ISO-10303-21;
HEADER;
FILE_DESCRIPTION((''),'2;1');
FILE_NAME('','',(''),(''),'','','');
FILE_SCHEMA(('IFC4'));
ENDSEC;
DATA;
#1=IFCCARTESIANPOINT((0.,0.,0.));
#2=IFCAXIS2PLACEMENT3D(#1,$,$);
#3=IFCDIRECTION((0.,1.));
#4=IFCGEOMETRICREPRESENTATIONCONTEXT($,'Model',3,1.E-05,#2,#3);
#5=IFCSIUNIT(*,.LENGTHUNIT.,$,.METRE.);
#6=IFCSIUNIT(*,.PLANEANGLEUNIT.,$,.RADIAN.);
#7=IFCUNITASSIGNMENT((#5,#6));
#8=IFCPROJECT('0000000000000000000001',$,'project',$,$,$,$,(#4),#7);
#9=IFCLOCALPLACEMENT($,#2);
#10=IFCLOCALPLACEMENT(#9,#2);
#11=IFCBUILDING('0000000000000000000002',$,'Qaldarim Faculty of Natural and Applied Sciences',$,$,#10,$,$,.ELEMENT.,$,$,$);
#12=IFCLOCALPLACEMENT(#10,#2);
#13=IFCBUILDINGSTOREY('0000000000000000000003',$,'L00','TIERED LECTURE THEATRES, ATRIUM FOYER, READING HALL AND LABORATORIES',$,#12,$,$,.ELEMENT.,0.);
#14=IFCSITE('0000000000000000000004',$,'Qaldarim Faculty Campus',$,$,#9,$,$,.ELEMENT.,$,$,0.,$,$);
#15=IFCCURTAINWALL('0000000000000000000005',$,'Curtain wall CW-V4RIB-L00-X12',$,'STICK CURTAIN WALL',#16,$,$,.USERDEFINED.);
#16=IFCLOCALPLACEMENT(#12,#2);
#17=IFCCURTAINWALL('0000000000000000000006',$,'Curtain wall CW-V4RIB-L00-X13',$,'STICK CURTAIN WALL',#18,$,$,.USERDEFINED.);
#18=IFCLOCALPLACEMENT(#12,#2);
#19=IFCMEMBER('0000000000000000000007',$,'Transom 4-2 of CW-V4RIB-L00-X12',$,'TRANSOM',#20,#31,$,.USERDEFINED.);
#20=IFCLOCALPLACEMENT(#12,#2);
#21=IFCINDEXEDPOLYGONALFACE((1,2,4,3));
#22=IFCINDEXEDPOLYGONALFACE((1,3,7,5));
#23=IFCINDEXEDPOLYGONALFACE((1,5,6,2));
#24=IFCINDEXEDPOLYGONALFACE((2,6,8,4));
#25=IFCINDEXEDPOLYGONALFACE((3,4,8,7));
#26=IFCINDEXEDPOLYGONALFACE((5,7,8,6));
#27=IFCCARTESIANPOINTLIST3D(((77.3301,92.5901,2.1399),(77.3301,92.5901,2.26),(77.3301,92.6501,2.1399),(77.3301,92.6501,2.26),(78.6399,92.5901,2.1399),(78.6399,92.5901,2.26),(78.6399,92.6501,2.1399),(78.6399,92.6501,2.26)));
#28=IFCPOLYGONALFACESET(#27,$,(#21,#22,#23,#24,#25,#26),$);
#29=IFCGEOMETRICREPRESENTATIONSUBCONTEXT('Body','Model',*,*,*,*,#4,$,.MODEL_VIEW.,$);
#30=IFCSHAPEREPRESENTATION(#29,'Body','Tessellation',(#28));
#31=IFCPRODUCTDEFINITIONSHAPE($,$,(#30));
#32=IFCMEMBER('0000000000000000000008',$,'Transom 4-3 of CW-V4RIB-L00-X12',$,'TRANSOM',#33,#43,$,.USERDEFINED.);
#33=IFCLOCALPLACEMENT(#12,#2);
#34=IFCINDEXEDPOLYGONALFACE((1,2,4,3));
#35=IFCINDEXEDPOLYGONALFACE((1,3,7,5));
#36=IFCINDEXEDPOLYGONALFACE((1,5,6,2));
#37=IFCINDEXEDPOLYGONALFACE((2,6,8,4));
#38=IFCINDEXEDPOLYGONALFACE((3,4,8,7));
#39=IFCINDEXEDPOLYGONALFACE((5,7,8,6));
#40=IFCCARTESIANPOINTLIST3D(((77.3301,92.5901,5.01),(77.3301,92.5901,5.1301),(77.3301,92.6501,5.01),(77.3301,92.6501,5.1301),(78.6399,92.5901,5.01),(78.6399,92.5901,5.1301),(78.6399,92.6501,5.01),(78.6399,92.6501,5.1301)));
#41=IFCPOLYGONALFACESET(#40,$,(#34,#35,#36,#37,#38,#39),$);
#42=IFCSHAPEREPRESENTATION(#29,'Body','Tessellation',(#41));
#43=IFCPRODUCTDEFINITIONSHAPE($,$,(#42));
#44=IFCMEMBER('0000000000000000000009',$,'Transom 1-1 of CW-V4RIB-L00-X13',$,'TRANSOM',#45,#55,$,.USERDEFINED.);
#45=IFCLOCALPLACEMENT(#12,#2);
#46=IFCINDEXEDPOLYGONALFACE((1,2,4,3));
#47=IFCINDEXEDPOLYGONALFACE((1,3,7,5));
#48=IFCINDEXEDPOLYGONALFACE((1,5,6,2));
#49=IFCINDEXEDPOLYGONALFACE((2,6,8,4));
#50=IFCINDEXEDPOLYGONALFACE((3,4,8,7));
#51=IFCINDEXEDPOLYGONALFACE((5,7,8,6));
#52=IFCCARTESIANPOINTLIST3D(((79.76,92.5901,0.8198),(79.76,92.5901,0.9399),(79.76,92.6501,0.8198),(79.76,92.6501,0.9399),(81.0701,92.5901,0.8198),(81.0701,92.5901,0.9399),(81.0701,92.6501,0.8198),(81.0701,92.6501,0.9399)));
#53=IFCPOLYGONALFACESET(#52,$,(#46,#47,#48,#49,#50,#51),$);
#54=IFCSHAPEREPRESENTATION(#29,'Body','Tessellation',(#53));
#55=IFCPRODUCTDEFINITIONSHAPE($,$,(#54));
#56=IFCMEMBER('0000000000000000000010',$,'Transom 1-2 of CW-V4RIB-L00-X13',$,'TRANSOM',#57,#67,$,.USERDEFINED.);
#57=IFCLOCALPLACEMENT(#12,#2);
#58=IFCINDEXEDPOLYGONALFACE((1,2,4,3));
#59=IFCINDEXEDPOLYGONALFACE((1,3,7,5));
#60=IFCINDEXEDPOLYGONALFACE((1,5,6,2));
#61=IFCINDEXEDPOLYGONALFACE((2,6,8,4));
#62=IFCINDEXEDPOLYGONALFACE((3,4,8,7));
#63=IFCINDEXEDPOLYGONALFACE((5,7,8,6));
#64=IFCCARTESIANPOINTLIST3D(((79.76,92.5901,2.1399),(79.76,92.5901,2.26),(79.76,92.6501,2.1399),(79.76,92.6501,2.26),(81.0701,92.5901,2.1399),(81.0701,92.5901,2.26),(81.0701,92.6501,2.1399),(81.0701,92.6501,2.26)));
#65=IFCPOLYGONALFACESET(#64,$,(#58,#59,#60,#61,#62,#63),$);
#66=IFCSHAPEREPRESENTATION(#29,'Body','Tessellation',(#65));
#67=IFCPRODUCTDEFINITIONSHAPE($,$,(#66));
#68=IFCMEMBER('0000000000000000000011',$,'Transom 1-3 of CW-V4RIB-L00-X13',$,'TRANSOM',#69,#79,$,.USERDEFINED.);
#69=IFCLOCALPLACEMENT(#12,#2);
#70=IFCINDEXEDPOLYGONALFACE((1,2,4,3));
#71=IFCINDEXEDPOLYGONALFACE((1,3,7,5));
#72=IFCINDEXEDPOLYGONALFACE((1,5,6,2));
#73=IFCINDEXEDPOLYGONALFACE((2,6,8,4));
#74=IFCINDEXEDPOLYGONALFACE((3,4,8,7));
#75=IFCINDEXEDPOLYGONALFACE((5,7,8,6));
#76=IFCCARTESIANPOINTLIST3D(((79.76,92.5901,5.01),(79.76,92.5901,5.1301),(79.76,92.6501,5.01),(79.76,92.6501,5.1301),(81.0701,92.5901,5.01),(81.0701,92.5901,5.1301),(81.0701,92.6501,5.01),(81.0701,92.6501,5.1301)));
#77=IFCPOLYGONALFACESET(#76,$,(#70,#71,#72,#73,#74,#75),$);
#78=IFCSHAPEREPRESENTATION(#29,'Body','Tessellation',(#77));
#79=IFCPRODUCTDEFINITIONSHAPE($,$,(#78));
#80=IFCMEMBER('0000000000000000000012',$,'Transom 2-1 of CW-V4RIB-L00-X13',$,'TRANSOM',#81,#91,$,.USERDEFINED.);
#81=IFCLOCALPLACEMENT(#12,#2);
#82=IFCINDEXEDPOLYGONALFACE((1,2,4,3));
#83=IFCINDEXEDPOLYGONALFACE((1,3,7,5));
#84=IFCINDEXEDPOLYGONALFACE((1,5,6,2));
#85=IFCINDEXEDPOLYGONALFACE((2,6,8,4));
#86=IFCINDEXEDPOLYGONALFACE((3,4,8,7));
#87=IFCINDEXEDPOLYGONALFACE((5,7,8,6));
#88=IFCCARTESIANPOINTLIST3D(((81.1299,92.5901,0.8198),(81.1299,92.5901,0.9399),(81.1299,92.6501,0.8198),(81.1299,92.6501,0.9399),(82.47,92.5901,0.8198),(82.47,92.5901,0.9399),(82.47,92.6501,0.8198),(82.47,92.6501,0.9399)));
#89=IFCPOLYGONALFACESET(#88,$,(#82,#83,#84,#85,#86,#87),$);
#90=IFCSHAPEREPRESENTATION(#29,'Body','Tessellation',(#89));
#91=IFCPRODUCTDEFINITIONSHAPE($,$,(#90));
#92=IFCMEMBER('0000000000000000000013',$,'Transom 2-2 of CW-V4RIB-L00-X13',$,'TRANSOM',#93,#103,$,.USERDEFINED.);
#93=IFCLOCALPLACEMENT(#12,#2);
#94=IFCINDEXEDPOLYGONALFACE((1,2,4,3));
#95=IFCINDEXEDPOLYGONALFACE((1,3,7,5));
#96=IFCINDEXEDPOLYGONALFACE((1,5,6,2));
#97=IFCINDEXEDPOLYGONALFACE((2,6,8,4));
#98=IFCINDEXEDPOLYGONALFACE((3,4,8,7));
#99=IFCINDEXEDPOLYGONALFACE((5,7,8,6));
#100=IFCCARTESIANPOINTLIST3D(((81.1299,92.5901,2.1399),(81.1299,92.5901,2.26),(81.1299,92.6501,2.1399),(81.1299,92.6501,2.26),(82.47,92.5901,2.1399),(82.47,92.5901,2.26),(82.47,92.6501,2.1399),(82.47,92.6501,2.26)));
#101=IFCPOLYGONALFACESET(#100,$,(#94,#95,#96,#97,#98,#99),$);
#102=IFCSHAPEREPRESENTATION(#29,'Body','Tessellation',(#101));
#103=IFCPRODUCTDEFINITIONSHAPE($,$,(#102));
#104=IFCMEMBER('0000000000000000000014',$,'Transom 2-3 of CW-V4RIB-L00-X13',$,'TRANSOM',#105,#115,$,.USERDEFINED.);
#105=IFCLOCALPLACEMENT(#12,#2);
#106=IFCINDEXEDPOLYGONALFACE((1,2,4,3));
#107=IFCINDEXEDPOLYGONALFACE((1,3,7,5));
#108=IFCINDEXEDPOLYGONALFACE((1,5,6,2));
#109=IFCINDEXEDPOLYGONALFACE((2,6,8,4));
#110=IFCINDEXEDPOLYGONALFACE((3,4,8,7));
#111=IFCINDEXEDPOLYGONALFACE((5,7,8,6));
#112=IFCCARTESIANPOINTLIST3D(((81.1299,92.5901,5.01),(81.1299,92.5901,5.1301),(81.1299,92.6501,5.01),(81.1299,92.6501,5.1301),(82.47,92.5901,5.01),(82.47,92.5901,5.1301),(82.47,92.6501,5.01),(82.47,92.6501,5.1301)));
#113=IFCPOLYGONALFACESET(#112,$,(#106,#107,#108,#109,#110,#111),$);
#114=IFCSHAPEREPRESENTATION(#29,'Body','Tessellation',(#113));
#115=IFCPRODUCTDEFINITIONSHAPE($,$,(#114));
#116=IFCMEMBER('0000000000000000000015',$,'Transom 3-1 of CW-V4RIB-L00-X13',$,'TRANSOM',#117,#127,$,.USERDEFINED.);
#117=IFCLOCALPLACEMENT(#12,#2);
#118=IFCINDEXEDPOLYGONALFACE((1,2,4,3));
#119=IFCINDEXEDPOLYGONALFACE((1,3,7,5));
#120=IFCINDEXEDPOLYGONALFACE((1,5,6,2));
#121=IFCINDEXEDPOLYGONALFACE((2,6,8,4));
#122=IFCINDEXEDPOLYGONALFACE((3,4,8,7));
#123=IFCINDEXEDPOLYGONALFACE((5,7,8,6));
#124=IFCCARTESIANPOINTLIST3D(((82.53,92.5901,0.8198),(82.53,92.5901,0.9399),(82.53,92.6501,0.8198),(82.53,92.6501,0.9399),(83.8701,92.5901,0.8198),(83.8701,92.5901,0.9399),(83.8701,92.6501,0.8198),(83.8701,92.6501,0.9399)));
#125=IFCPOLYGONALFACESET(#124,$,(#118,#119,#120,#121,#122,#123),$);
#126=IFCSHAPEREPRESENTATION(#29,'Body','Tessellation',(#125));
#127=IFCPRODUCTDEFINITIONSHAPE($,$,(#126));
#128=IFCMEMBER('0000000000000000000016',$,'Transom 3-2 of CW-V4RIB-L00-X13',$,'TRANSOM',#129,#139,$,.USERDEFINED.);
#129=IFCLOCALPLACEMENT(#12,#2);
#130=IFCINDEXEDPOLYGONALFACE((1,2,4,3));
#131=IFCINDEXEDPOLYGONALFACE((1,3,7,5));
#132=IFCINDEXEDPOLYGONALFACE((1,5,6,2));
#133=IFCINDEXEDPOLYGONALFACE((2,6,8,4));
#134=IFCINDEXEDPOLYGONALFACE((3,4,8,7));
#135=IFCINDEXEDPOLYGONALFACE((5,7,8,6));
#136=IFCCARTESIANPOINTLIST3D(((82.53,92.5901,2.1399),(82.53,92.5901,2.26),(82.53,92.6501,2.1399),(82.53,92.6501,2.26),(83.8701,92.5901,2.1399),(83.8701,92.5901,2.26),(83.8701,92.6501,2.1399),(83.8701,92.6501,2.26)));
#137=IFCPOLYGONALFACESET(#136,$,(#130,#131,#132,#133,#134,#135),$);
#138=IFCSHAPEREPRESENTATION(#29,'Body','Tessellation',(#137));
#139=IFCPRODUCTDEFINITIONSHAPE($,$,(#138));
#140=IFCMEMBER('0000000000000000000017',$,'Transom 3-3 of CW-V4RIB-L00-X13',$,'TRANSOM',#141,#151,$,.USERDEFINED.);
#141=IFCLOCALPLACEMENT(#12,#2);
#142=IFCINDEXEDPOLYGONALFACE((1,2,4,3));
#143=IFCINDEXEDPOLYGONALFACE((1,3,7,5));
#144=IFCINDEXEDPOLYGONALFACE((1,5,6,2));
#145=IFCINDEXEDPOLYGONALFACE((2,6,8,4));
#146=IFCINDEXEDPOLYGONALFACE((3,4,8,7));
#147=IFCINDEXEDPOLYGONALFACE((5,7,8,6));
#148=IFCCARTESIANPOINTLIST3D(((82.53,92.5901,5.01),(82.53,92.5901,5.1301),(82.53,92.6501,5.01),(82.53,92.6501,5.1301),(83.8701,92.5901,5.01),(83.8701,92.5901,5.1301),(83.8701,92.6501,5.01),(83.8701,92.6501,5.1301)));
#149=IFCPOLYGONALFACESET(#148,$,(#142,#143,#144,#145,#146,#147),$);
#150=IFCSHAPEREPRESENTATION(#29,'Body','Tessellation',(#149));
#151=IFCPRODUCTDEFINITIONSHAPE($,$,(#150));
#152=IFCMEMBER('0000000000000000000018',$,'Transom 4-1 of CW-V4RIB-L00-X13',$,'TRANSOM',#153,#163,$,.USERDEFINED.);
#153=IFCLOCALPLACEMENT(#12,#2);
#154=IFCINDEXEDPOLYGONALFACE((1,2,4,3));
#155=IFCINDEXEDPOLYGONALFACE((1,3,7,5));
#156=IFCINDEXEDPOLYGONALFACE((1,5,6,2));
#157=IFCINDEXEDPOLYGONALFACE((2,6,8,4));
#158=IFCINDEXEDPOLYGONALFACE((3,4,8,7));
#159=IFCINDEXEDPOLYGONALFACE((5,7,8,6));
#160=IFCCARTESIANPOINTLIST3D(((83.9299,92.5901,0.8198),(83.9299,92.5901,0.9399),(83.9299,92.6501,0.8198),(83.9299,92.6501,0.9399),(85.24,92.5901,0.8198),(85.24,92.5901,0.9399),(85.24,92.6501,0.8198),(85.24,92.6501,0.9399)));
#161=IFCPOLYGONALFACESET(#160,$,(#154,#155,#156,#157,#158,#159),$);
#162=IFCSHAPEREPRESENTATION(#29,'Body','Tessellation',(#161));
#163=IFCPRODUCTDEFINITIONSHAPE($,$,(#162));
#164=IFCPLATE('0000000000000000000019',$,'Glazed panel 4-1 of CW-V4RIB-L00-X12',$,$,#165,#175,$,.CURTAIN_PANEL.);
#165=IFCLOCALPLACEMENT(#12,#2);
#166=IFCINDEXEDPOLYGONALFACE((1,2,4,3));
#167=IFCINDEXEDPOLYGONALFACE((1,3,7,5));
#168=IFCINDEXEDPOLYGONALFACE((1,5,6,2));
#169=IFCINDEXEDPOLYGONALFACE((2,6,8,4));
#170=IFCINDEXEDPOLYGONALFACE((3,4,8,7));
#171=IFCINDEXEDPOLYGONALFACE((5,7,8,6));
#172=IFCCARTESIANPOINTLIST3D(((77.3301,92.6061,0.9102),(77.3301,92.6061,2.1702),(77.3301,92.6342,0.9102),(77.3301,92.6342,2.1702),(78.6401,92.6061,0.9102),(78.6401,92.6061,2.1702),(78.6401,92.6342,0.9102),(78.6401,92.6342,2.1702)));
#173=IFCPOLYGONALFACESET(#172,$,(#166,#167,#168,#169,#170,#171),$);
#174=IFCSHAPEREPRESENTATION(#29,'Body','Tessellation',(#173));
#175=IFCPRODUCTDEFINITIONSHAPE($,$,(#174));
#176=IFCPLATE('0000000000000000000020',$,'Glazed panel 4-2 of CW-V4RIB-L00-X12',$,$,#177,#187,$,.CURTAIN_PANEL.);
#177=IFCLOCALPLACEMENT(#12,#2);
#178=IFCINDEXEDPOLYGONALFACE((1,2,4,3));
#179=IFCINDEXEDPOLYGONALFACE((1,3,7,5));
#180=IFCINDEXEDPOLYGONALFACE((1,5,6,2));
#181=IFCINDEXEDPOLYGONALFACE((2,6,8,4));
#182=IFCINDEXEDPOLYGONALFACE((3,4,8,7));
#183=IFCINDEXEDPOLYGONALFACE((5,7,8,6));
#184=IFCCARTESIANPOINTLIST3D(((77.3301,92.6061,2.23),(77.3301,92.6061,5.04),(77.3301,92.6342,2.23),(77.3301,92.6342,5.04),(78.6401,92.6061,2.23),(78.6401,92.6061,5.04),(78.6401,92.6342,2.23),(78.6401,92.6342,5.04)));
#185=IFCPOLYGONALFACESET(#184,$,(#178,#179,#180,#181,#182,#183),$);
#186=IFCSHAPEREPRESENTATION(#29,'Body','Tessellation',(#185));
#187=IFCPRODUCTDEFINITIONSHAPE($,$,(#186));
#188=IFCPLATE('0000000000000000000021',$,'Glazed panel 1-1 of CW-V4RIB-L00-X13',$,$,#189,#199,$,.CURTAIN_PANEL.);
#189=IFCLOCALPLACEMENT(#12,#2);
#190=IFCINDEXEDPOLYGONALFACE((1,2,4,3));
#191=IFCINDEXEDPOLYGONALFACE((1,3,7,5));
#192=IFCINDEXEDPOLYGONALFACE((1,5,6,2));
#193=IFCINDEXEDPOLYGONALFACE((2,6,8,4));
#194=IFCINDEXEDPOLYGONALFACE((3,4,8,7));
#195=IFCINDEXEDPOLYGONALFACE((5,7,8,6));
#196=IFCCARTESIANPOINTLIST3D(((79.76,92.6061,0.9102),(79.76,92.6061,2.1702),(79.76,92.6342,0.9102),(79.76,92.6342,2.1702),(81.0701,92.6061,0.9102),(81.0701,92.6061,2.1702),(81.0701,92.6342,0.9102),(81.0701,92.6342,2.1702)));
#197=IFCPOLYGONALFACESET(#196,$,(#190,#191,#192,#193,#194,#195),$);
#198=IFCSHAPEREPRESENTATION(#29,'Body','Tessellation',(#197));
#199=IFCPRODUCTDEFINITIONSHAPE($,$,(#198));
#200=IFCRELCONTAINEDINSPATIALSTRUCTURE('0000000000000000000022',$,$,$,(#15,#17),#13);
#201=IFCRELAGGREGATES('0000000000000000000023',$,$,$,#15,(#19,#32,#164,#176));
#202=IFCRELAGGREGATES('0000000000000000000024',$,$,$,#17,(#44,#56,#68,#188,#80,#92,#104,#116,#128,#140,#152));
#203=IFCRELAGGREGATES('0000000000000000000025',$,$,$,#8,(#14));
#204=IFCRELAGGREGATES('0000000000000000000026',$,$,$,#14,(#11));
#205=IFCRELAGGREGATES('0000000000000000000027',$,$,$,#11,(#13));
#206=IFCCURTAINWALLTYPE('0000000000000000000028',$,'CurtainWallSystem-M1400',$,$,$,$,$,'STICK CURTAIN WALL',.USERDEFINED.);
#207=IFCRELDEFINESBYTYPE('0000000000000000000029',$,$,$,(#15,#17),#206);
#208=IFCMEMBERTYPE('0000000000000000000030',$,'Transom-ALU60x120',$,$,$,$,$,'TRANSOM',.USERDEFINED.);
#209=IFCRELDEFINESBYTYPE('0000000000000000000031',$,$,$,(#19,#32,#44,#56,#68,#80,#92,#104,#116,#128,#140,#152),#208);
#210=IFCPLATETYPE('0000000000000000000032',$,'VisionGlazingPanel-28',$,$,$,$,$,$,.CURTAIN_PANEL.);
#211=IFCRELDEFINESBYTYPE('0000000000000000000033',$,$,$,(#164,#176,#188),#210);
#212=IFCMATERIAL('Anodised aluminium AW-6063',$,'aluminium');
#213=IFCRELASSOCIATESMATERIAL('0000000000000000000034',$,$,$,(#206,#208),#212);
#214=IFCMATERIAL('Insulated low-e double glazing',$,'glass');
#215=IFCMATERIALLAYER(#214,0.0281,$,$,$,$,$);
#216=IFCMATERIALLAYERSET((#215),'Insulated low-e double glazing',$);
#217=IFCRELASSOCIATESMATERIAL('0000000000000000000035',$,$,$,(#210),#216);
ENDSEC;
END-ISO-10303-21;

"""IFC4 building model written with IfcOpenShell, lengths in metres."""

from ifc_helpers import new_model, si_unit, direction, frame, origin, origin_2d, place, context, subcontext, project, spatial, rectangle, extrude, material, layer, layer_set, material_profile, profile_set, type_object, element, aggregate, save


model = new_model("IFC4")

# Units and contexts
model_context = context("Model", 3, precision=1e-05, world=origin(), true_north=direction((0.0, 1.0)))
body_context = subcontext(model_context, "Body", "Model", "MODEL_VIEW")
ifc_project = project(units=[si_unit("LENGTHUNIT", "METRE"), si_unit("PLANEANGLEUNIT", "RADIAN")], contexts=[model_context])

# Site, building, storey
site_placement = place(None, origin())
site = spatial("IfcSite", under=ifc_project, at=site_placement, Name="Qaldarim Faculty Campus", CompositionType="ELEMENT", RefElevation=0.0)
building_placement = place(site_placement, origin())
building = spatial("IfcBuilding", under=site, at=building_placement, Name="Qaldarim Faculty of Natural and Applied Sciences", CompositionType="ELEMENT")
storey_placement = place(building_placement, origin())
storey = spatial("IfcBuildingStorey", under=building, at=storey_placement, Name="L00", Description="TIERED LECTURE THEATRES, ATRIUM FOYER, READING HALL AND LABORATORIES", CompositionType="ELEMENT", Elevation=0.0)

# Curtain wall
ifc_material_1 = material(Name="Anodised aluminium AW-6063", Category="aluminium")
curtain_wall_type = type_object("IfcCurtainWallType", Name="CurtainWallSystem-M1400", ElementType="STICK CURTAIN WALL", PredefinedType="USERDEFINED", material=ifc_material_1)
curtain_wall_1_placement = place(storey_placement, origin())
curtain_wall_1 = element("IfcCurtainWall", 1, at=curtain_wall_1_placement, inside=storey, type_object=curtain_wall_type, Name="Curtain wall CW-V4RIB-L00-X12", ObjectType="STICK CURTAIN WALL", PredefinedType="USERDEFINED")

# Curtain wall
curtain_wall_2_placement = place(storey_placement, origin())
curtain_wall_2 = element("IfcCurtainWall", 2, at=curtain_wall_2_placement, inside=storey, type_object=curtain_wall_type, Name="Curtain wall CW-V4RIB-L00-X13", ObjectType="STICK CURTAIN WALL", PredefinedType="USERDEFINED")

# Members
ifc_material_profile_1 = material_profile(ifc_material_1, rectangle(XDim=0.0601, YDim=0.1201, at=origin_2d()), Name="ALU-T60x120")
ifc_profile_set_1 = profile_set([ifc_material_profile_1], Name="Anodised aluminium AW-6063")
member_type_1 = type_object("IfcMemberType", Name="Transom-ALU60x120", ElementType="TRANSOM", PredefinedType="USERDEFINED", material=ifc_profile_set_1)
member_1_placement = place(storey_placement, frame((77.3301, 92.6201, 2.2), z_axis=(1.0, 0.0, 0.0), x_axis=(0.0, 1.0, 0.0)))
member_1 = element("IfcMember", 3, at=member_1_placement, type_object=member_type_1, Name="Transom 4-2 of CW-V4RIB-L00-X12", ObjectType="TRANSOM", PredefinedType="USERDEFINED", context=body_context, shape_type="SweptSolid", body=[
    extrude(rectangle(XDim=0.0601, YDim=0.1201, at=origin_2d()), origin(), (0.0, 0.0, 1.0), 1.3098),
])
member_2_placement = place(storey_placement, frame((77.3301, 92.6201, 5.0701), z_axis=(1.0, 0.0, 0.0), x_axis=(0.0, 1.0, 0.0)))
member_2 = element("IfcMember", 4, at=member_2_placement, type_object=member_type_1, Name="Transom 4-3 of CW-V4RIB-L00-X12", ObjectType="TRANSOM", PredefinedType="USERDEFINED", context=body_context, shape_type="SweptSolid", body=[
    extrude(rectangle(XDim=0.0601, YDim=0.1201, at=origin_2d()), origin(), (0.0, 0.0, 1.0), 1.3098),
])
member_3_placement = place(storey_placement, frame((79.76, 92.6201, 0.8799), z_axis=(1.0, 0.0, 0.0), x_axis=(0.0, 1.0, 0.0)))
member_3 = element("IfcMember", 5, at=member_3_placement, type_object=member_type_1, Name="Transom 1-1 of CW-V4RIB-L00-X13", ObjectType="TRANSOM", PredefinedType="USERDEFINED", context=body_context, shape_type="SweptSolid", body=[
    extrude(rectangle(XDim=0.0601, YDim=0.1201, at=origin_2d()), origin(), (0.0, 0.0, 1.0), 1.3101),
])
member_4_placement = place(storey_placement, frame((79.76, 92.6201, 2.2), z_axis=(1.0, 0.0, 0.0), x_axis=(0.0, 1.0, 0.0)))
member_4 = element("IfcMember", 6, at=member_4_placement, type_object=member_type_1, Name="Transom 1-2 of CW-V4RIB-L00-X13", ObjectType="TRANSOM", PredefinedType="USERDEFINED", context=body_context, shape_type="SweptSolid", body=[
    extrude(rectangle(XDim=0.0601, YDim=0.1201, at=origin_2d()), origin(), (0.0, 0.0, 1.0), 1.3101),
])
member_5_placement = place(storey_placement, frame((79.76, 92.6201, 5.0701), z_axis=(1.0, 0.0, 0.0), x_axis=(0.0, 1.0, 0.0)))
member_5 = element("IfcMember", 7, at=member_5_placement, type_object=member_type_1, Name="Transom 1-3 of CW-V4RIB-L00-X13", ObjectType="TRANSOM", PredefinedType="USERDEFINED", context=body_context, shape_type="SweptSolid", body=[
    extrude(rectangle(XDim=0.0601, YDim=0.1201, at=origin_2d()), origin(), (0.0, 0.0, 1.0), 1.3101),
])
member_6_placement = place(storey_placement, frame((81.1299, 92.6201, 0.8799), z_axis=(1.0, 0.0, 0.0), x_axis=(0.0, 1.0, 0.0)))
member_6 = element("IfcMember", 8, at=member_6_placement, type_object=member_type_1, Name="Transom 2-1 of CW-V4RIB-L00-X13", ObjectType="TRANSOM", PredefinedType="USERDEFINED", context=body_context, shape_type="SweptSolid", body=[
    extrude(rectangle(XDim=0.0601, YDim=0.1201, at=origin_2d()), origin(), (0.0, 0.0, 1.0), 1.3401),
])
member_7_placement = place(storey_placement, frame((81.1299, 92.6201, 2.2), z_axis=(1.0, 0.0, 0.0), x_axis=(0.0, 1.0, 0.0)))
member_7 = element("IfcMember", 9, at=member_7_placement, type_object=member_type_1, Name="Transom 2-2 of CW-V4RIB-L00-X13", ObjectType="TRANSOM", PredefinedType="USERDEFINED", context=body_context, shape_type="SweptSolid", body=[
    extrude(rectangle(XDim=0.0601, YDim=0.1201, at=origin_2d()), origin(), (0.0, 0.0, 1.0), 1.3401),
])
member_8_placement = place(storey_placement, frame((81.1299, 92.6201, 5.0701), z_axis=(1.0, 0.0, 0.0), x_axis=(0.0, 1.0, 0.0)))
member_8 = element("IfcMember", 10, at=member_8_placement, type_object=member_type_1, Name="Transom 2-3 of CW-V4RIB-L00-X13", ObjectType="TRANSOM", PredefinedType="USERDEFINED", context=body_context, shape_type="SweptSolid", body=[
    extrude(rectangle(XDim=0.0601, YDim=0.1201, at=origin_2d()), origin(), (0.0, 0.0, 1.0), 1.3401),
])
member_9_placement = place(storey_placement, frame((82.53, 92.6201, 0.8799), z_axis=(1.0, 0.0, 0.0), x_axis=(0.0, 1.0, 0.0)))
member_9 = element("IfcMember", 11, at=member_9_placement, type_object=member_type_1, Name="Transom 3-1 of CW-V4RIB-L00-X13", ObjectType="TRANSOM", PredefinedType="USERDEFINED", context=body_context, shape_type="SweptSolid", body=[
    extrude(rectangle(XDim=0.0601, YDim=0.1201, at=origin_2d()), origin(), (0.0, 0.0, 1.0), 1.3401),
])
member_10_placement = place(storey_placement, frame((82.53, 92.6201, 2.2), z_axis=(1.0, 0.0, 0.0), x_axis=(0.0, 1.0, 0.0)))
member_10 = element("IfcMember", 12, at=member_10_placement, type_object=member_type_1, Name="Transom 3-2 of CW-V4RIB-L00-X13", ObjectType="TRANSOM", PredefinedType="USERDEFINED", context=body_context, shape_type="SweptSolid", body=[
    extrude(rectangle(XDim=0.0601, YDim=0.1201, at=origin_2d()), origin(), (0.0, 0.0, 1.0), 1.3401),
])
member_11_placement = place(storey_placement, frame((82.53, 92.6201, 5.0701), z_axis=(1.0, 0.0, 0.0), x_axis=(0.0, 1.0, 0.0)))
member_11 = element("IfcMember", 13, at=member_11_placement, type_object=member_type_1, Name="Transom 3-3 of CW-V4RIB-L00-X13", ObjectType="TRANSOM", PredefinedType="USERDEFINED", context=body_context, shape_type="SweptSolid", body=[
    extrude(rectangle(XDim=0.0601, YDim=0.1201, at=origin_2d()), origin(), (0.0, 0.0, 1.0), 1.3401),
])
member_12_placement = place(storey_placement, frame((83.9299, 92.6201, 0.8799), z_axis=(1.0, 0.0, 0.0), x_axis=(0.0, 1.0, 0.0)))
member_12 = element("IfcMember", 14, at=member_12_placement, type_object=member_type_1, Name="Transom 4-1 of CW-V4RIB-L00-X13", ObjectType="TRANSOM", PredefinedType="USERDEFINED", context=body_context, shape_type="SweptSolid", body=[
    extrude(rectangle(XDim=0.0601, YDim=0.1201, at=origin_2d()), origin(), (0.0, 0.0, 1.0), 1.3101),
])

# Plates
ifc_material_2 = material(Name="Insulated low-e double glazing", Category="glass")
ifc_layer_1 = layer(ifc_material_2, 0.0281)
ifc_layer_set_1 = layer_set([ifc_layer_1], Name="Insulated low-e double glazing")
plate_type = type_object("IfcPlateType", Name="VisionGlazingPanel-28", PredefinedType="CURTAIN_PANEL", material=ifc_layer_set_1)
plate_1_placement = place(storey_placement, frame((77.9851, 92.6201, 0.9102), z_axis=(0.0, 0.0, 1.0), x_axis=(1.0, 0.0, 0.0)))
plate_1 = element("IfcPlate", 15, at=plate_1_placement, type_object=plate_type, Name="Glazed panel 4-1 of CW-V4RIB-L00-X12", PredefinedType="CURTAIN_PANEL", context=body_context, shape_type="SweptSolid", body=[
    extrude(rectangle(XDim=1.3101, YDim=0.0281, at=origin_2d()), origin(), (0.0, 0.0, 1.0), 1.26),
])
plate_2_placement = place(storey_placement, frame((77.9851, 92.6201, 2.23), z_axis=(0.0, 0.0, 1.0), x_axis=(1.0, 0.0, 0.0)))
plate_2 = element("IfcPlate", 16, at=plate_2_placement, type_object=plate_type, Name="Glazed panel 4-2 of CW-V4RIB-L00-X12", PredefinedType="CURTAIN_PANEL", context=body_context, shape_type="SweptSolid", body=[
    extrude(rectangle(XDim=1.3101, YDim=0.0281, at=origin_2d()), origin(), (0.0, 0.0, 1.0), 2.8101),
])
aggregate(curtain_wall_1, [member_1, member_2, plate_1, plate_2])
plate_3_placement = place(storey_placement, frame((80.415, 92.6201, 0.9102), z_axis=(0.0, 0.0, 1.0), x_axis=(1.0, 0.0, 0.0)))
plate_3 = element("IfcPlate", 17, at=plate_3_placement, type_object=plate_type, Name="Glazed panel 1-1 of CW-V4RIB-L00-X13", PredefinedType="CURTAIN_PANEL", context=body_context, shape_type="SweptSolid", body=[
    extrude(rectangle(XDim=1.3101, YDim=0.0281, at=origin_2d()), origin(), (0.0, 0.0, 1.0), 1.26),
])
aggregate(curtain_wall_2, [member_3, member_4, member_5, plate_3, member_6, member_7, member_8, member_9, member_10, member_11, member_12])

save(model, "model.ifc")
